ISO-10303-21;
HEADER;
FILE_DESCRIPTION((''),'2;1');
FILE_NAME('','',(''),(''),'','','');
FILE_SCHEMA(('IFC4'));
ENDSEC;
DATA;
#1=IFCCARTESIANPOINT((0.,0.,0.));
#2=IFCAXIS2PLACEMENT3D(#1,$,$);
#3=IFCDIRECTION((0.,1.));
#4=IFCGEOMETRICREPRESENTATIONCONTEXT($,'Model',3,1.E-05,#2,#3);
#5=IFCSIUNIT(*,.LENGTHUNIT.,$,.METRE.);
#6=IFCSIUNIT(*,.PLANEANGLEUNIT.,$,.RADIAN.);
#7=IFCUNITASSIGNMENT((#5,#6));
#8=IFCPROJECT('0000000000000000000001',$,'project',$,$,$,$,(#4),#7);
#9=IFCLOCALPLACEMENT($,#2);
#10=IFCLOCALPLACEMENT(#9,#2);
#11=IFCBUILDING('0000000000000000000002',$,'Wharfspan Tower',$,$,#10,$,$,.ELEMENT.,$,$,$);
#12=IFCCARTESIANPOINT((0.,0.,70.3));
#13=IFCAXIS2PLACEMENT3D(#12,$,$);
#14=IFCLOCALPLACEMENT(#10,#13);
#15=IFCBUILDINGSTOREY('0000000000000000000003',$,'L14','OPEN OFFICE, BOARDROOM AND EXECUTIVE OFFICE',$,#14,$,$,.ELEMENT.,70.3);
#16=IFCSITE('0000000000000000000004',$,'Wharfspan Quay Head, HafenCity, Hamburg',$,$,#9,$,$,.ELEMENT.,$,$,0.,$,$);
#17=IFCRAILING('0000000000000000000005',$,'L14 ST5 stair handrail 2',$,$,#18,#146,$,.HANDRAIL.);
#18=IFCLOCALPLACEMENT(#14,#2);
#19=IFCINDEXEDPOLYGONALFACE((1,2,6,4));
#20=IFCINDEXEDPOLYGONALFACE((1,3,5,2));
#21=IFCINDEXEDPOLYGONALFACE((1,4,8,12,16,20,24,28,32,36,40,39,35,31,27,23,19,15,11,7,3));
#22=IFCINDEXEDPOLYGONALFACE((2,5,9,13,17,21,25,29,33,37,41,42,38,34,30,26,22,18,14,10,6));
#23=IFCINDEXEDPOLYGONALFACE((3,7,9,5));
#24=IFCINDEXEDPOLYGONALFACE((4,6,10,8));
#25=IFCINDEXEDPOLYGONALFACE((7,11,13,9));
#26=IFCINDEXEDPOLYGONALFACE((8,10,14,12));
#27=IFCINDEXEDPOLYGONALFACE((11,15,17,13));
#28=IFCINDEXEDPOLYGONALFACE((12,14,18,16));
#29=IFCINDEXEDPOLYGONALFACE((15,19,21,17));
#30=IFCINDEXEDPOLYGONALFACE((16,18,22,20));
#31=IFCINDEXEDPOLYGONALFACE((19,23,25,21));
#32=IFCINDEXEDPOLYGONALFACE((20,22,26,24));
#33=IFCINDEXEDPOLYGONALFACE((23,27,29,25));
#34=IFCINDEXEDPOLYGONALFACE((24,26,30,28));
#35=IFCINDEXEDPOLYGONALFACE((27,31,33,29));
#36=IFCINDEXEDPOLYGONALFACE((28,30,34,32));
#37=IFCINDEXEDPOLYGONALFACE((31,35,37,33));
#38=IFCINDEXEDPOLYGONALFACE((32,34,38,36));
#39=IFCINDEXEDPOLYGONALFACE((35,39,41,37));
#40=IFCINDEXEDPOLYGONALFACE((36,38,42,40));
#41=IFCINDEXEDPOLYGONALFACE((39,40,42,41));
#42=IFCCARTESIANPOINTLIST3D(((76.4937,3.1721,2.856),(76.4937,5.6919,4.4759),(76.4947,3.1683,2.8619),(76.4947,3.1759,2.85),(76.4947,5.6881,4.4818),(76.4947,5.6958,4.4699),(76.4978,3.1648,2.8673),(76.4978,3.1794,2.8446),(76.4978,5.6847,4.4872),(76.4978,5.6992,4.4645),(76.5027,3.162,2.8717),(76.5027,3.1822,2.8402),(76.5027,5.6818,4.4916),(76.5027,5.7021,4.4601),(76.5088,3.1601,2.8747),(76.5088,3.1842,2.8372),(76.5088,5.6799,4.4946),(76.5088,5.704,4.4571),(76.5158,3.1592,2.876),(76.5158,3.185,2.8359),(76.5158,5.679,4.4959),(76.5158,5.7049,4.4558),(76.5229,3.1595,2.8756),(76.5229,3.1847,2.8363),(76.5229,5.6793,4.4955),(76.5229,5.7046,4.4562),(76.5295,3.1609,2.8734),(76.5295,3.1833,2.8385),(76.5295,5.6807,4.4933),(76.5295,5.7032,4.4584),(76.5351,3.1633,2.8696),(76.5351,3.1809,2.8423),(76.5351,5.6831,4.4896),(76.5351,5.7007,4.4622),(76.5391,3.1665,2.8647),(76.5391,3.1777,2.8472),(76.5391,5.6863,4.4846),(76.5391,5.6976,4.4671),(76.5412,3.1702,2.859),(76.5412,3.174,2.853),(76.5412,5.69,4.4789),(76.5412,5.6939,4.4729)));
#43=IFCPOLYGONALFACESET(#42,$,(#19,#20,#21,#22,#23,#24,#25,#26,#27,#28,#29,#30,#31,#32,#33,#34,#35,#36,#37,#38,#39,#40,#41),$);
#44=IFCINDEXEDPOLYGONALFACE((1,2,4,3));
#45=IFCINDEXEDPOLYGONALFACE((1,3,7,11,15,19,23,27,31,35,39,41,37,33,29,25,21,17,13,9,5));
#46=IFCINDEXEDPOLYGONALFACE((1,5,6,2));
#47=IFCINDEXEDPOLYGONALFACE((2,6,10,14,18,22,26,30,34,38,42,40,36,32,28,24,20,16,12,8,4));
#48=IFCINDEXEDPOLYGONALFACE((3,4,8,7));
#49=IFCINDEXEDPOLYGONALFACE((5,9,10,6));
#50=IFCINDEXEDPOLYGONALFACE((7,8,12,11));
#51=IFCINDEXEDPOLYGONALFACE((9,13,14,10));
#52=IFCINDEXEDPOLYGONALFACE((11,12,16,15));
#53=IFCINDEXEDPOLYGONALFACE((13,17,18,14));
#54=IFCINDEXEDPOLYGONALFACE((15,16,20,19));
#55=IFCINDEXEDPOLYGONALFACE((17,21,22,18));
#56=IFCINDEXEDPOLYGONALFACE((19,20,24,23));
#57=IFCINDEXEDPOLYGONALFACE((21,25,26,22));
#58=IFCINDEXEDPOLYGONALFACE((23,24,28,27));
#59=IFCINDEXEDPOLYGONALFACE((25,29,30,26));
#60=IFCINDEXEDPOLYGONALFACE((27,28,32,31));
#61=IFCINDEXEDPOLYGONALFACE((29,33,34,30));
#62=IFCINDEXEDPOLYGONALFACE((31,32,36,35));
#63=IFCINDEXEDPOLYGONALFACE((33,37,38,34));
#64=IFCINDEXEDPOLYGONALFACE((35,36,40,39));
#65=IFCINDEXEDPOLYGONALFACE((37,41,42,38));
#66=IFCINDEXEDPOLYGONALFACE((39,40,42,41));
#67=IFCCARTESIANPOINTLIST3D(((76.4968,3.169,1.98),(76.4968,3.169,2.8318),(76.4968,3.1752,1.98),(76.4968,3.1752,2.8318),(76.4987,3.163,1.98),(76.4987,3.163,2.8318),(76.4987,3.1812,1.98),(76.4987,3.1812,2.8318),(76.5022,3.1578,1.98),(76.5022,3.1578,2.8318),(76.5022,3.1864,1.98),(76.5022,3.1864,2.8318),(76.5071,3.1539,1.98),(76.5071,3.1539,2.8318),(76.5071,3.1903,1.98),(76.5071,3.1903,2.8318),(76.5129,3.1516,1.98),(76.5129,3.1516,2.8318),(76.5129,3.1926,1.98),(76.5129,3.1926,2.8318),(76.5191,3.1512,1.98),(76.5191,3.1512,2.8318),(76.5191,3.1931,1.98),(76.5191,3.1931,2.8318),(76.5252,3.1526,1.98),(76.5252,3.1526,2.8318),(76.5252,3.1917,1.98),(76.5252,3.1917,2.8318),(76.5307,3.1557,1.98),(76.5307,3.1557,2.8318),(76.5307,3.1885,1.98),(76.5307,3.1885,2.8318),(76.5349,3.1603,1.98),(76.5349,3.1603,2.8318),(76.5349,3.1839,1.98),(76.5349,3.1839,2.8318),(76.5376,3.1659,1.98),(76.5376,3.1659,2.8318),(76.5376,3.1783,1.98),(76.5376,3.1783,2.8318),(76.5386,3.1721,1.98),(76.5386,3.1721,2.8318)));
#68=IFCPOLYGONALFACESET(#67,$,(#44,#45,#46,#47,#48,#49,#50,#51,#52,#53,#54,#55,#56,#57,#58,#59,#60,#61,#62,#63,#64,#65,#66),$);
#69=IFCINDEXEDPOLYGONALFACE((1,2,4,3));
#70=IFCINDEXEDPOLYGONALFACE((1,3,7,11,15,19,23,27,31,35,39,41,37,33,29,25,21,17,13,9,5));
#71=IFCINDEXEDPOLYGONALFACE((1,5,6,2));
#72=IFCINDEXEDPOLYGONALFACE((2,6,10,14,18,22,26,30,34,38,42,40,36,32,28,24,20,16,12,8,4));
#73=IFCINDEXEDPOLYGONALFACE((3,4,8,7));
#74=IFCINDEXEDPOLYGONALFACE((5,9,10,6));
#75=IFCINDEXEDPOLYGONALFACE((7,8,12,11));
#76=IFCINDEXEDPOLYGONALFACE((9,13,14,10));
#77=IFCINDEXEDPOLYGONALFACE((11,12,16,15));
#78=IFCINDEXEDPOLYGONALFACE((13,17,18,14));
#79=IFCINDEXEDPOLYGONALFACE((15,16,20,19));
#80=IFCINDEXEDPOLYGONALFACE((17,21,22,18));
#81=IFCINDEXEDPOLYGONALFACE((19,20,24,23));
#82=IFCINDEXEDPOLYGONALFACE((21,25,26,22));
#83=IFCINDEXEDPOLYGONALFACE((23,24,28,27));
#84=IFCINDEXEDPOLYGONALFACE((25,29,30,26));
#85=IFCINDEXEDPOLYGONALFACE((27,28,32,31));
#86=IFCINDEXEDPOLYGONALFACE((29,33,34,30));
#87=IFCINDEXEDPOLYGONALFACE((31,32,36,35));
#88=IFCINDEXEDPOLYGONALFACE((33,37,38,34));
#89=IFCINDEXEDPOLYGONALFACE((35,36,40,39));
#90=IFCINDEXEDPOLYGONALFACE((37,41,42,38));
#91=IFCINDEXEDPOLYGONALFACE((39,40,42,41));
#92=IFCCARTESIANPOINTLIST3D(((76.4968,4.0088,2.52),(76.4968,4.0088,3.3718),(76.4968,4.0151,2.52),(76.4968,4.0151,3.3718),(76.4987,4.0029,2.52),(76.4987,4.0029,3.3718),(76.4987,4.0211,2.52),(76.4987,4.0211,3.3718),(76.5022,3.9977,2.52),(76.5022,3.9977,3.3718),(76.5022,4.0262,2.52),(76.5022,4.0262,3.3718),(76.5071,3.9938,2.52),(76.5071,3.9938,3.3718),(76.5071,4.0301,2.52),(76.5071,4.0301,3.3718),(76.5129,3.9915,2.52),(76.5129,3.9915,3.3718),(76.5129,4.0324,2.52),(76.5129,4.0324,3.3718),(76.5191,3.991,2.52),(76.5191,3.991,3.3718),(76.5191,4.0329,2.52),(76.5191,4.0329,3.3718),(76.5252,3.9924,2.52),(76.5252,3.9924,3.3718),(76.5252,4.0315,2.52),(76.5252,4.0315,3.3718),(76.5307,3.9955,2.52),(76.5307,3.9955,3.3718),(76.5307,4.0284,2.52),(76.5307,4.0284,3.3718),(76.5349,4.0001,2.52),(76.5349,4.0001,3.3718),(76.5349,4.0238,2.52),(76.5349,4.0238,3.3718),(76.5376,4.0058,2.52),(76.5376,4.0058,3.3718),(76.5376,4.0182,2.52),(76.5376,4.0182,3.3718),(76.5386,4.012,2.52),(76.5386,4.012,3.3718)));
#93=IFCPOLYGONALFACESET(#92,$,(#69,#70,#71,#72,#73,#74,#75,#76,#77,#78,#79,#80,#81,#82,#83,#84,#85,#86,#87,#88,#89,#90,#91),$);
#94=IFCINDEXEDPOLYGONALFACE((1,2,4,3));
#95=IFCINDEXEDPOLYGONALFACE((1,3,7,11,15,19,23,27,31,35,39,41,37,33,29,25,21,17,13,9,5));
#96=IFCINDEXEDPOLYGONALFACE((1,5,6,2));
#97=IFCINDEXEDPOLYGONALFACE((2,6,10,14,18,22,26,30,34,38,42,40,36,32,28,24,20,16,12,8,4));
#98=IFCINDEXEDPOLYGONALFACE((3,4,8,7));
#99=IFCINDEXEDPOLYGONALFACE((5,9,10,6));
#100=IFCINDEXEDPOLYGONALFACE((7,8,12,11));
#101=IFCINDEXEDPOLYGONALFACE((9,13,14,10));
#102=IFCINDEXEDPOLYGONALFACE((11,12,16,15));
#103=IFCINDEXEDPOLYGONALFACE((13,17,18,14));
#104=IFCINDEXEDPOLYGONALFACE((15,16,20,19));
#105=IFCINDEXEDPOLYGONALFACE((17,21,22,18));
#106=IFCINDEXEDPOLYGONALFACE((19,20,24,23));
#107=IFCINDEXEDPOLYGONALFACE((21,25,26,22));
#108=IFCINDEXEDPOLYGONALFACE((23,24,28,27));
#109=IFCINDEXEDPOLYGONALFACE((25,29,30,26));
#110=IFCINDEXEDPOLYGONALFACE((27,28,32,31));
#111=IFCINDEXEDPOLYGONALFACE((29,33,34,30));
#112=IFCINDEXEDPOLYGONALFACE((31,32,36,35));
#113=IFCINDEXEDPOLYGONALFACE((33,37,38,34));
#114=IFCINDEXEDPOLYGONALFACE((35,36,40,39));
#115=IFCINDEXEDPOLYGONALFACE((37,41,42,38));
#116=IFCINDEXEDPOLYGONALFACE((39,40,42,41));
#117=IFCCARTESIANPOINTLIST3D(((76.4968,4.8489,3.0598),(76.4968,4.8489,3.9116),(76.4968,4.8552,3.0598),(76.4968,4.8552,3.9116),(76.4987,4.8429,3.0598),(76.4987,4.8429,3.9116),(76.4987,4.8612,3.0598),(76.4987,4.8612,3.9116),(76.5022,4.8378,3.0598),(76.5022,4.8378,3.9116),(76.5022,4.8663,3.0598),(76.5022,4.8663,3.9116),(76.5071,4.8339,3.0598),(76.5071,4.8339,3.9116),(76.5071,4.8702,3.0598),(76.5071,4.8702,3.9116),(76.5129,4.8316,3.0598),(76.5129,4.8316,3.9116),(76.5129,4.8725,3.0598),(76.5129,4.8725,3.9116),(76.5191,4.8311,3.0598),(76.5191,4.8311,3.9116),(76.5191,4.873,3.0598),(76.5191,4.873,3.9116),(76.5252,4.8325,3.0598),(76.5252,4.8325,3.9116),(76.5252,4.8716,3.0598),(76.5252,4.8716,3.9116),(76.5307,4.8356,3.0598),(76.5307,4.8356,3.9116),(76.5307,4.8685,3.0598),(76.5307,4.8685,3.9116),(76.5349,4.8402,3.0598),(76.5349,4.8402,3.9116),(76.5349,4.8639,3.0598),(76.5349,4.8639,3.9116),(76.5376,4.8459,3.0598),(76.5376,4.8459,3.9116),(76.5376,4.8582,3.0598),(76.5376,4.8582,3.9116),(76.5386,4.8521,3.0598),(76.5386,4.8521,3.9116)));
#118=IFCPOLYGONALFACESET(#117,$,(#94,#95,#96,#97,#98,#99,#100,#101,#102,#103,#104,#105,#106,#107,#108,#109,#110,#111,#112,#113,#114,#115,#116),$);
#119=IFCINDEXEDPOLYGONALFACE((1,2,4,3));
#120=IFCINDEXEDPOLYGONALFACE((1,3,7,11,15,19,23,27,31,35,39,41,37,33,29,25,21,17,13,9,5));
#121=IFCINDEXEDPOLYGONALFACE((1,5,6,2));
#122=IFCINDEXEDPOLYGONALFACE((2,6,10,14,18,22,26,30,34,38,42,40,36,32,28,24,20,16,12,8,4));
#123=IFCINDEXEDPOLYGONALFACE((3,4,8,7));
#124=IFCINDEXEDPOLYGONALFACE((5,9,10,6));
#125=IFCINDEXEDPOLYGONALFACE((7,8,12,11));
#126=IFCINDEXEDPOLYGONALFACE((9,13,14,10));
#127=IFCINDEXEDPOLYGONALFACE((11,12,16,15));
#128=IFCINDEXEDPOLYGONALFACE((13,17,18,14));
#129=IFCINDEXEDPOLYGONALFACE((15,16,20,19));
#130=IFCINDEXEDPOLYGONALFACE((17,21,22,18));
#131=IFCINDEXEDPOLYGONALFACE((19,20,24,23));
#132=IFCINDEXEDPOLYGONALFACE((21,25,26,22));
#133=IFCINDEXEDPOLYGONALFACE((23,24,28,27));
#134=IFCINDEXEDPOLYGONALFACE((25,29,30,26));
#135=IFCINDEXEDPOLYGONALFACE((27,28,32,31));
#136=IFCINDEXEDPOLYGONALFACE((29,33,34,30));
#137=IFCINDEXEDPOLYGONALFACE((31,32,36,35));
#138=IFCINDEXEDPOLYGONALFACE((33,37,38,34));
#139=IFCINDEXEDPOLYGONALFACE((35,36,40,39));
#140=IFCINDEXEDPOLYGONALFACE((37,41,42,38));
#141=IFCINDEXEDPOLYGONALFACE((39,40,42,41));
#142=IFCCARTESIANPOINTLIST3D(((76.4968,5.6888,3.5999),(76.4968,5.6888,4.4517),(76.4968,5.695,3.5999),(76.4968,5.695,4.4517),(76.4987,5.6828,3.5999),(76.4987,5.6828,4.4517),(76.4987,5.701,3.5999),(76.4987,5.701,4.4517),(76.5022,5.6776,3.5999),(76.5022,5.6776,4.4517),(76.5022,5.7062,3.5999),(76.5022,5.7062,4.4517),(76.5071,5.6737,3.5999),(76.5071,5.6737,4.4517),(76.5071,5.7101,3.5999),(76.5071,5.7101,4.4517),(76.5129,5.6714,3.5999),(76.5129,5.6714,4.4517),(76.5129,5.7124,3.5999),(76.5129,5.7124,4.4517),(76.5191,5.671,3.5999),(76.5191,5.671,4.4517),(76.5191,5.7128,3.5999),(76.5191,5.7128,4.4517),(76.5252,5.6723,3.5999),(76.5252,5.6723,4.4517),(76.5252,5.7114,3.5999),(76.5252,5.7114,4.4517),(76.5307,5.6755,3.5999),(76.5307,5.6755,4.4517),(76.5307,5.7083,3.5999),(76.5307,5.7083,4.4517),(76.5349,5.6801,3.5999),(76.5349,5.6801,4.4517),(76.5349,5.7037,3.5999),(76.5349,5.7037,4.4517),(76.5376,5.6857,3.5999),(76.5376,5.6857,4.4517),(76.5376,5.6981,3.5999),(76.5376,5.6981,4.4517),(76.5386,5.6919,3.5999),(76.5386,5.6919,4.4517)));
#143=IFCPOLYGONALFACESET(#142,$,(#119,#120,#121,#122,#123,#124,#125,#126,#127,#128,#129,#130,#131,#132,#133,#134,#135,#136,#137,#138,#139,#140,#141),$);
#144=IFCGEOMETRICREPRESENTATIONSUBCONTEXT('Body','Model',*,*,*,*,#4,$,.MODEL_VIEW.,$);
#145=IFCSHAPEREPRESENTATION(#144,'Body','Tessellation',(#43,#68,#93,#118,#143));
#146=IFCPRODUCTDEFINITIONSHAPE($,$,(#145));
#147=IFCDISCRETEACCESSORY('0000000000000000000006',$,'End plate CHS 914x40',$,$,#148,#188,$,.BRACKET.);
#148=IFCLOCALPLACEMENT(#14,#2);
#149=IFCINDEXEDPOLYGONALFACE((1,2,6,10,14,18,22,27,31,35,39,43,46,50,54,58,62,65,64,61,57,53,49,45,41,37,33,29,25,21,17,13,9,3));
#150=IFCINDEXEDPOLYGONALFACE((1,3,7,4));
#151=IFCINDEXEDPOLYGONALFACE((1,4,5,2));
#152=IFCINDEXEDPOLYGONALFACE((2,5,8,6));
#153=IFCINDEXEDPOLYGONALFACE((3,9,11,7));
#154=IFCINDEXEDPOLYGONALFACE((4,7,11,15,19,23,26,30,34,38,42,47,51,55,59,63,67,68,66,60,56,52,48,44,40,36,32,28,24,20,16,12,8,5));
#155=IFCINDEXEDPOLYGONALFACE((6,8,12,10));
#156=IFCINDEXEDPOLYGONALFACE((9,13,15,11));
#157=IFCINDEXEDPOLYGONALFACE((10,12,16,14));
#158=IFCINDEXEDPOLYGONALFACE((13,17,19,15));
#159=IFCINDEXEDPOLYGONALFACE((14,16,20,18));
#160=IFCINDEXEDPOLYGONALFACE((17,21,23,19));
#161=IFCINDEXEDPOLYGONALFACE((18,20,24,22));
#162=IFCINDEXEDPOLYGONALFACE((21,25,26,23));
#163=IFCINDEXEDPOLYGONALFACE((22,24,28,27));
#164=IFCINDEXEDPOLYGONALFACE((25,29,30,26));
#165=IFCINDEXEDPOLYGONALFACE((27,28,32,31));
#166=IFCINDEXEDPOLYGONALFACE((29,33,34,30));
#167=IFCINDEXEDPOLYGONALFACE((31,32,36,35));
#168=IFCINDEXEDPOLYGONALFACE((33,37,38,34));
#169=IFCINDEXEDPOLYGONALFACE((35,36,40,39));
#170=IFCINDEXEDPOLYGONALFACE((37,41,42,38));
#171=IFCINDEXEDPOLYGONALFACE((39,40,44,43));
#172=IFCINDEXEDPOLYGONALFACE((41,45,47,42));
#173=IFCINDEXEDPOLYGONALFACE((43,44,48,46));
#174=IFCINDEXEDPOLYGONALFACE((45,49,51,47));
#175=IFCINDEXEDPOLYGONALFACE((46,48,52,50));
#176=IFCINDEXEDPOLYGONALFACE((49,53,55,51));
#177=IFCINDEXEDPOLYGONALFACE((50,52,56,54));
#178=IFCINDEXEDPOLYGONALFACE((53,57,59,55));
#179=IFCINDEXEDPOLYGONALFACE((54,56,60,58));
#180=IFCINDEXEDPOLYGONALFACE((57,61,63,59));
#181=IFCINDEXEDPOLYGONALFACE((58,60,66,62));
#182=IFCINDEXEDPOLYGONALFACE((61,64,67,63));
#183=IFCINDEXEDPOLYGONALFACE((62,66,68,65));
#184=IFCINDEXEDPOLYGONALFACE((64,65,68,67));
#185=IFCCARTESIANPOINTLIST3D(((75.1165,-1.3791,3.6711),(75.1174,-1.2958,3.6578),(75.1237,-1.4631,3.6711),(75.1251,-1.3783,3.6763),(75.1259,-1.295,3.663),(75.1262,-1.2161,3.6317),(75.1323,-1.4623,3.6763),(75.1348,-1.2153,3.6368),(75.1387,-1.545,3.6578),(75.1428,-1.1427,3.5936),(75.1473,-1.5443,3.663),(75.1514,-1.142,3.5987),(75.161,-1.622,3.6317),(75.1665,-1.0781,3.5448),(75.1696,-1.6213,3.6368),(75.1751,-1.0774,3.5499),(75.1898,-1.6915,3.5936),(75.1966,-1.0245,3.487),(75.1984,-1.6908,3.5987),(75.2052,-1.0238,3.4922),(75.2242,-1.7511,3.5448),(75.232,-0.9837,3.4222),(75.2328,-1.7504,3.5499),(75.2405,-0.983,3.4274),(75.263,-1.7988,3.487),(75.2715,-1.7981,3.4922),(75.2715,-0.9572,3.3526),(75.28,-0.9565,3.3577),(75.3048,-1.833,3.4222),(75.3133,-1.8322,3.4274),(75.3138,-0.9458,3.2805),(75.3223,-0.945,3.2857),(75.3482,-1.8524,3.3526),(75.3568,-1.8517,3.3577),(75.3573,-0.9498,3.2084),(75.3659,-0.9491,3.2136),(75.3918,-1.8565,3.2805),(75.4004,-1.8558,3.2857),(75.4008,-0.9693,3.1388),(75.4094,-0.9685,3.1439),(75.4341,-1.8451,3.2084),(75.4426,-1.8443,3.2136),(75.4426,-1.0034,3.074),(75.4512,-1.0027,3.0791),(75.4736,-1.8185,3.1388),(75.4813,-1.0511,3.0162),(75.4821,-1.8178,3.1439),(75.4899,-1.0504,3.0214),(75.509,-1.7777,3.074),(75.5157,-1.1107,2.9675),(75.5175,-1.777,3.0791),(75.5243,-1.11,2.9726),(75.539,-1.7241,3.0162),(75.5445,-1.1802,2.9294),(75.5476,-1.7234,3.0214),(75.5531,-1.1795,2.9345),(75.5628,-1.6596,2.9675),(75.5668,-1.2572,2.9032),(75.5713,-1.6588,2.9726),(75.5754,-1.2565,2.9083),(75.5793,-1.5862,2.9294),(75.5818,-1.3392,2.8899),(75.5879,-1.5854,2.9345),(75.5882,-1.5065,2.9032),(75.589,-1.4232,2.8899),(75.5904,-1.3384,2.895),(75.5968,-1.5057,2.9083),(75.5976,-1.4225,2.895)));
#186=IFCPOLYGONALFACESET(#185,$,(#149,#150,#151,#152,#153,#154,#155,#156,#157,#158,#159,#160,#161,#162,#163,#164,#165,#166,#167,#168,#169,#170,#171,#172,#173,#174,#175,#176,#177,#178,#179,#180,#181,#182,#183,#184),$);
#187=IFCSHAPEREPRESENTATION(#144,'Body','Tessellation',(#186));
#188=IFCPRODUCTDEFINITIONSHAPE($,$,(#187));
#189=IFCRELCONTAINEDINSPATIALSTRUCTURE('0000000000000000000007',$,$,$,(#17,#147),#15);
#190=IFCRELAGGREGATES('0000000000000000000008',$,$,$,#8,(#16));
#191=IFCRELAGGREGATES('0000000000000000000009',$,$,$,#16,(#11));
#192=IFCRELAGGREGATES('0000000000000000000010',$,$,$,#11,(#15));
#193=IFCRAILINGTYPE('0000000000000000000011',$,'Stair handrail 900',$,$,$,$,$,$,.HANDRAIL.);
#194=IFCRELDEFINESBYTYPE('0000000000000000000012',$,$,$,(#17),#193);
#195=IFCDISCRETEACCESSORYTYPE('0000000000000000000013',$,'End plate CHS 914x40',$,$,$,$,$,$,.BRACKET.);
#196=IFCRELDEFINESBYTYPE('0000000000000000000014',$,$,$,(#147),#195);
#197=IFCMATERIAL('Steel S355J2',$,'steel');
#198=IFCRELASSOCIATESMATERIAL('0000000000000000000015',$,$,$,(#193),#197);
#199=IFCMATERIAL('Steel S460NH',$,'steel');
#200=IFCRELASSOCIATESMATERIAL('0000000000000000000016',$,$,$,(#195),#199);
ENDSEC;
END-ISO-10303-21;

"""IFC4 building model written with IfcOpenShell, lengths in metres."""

from ifc_helpers import new_model, si_unit, direction, frame, origin, origin_2d, place, context, subcontext, project, spatial, circle, extrude, material, material_profile, profile_set, type_object, element, save


model = new_model("IFC4")

# Units and contexts
model_context = context("Model", 3, precision=1e-05, world=origin(), true_north=direction((0.0, 1.0)))
body_context = subcontext(model_context, "Body", "Model", "MODEL_VIEW")
ifc_project = project(units=[si_unit("LENGTHUNIT", "METRE"), si_unit("PLANEANGLEUNIT", "RADIAN")], contexts=[model_context])

# Site, building, storey
site_placement = place(None, origin())
site = spatial("IfcSite", under=ifc_project, at=site_placement, Name="Wharfspan Quay Head, HafenCity, Hamburg", CompositionType="ELEMENT", RefElevation=0.0)
building_placement = place(site_placement, origin())
building = spatial("IfcBuilding", under=site, at=building_placement, Name="Wharfspan Tower", CompositionType="ELEMENT")
storey_placement = place(building_placement, frame((0.0, 0.0, 70.3)))
storey = spatial("IfcBuildingStorey", under=building, at=storey_placement, Name="L14", Description="OPEN OFFICE, BOARDROOM AND EXECUTIVE OFFICE", CompositionType="ELEMENT", Elevation=70.3)

# Shared definitions
ifc_material_1 = material(Name="Steel S355J2", Category="steel")

# Shared definitions
ifc_material_2 = material(Name="Steel S460NH", Category="steel")

# Railing
railing_type_1 = type_object("IfcRailingType", Name="Stair handrail 900", PredefinedType="HANDRAIL", material=ifc_material_1)
railing_1_placement = place(storey_placement, frame((76.5176, 3.1721, 1.98)))
element("IfcRailing", 1, at=railing_1_placement, inside=storey, type_object=railing_type_1, Name="L14 ST5 stair handrail 2", PredefinedType="HANDRAIL", context=body_context, shape_type="SweptSolid", body=[
    extrude(circle(Radius=0.0239, at=origin_2d()), frame((0.0, 0.0, 0.876), z_axis=(0.0, 0.841176, 0.540762), x_axis=(-1.0, 0.0, 0.0)), (0.0, 0.0, 1.0), 2.9956),
    extrude(circle(Radius=0.021, at=origin_2d()), origin(), (0.0, 0.0, 1.0), 0.8518),
    extrude(circle(Radius=0.021, at=origin_2d()), frame((0.0, 0.8398, 0.54)), (0.0, 0.0, 1.0), 0.8518),
    extrude(circle(Radius=0.021, at=origin_2d()), frame((0.0, 1.6799, 1.0798)), (0.0, 0.0, 1.0), 0.8518),
    extrude(circle(Radius=0.021, at=origin_2d()), frame((0.0, 2.5198, 1.6199)), (0.0, 0.0, 1.0), 0.8518),
])

# Discrete accessory
ifc_material_profile_1 = material_profile(ifc_material_2, circle(Radius=0.457, at=origin_2d()))
ifc_profile_set_1 = profile_set([ifc_material_profile_1], Name="Steel S460NH")
discrete_accessory_type = type_object("IfcDiscreteAccessoryType", Name="End plate CHS 914x40", PredefinedType="BRACKET", material=ifc_profile_set_1)
for number, where, z_axis, x_axis, name in (
    (2, (75.3528, -1.4011, 3.2805), (0.855186, 0.073302, 0.513112), (-0.085402, 0.996345, 0.000001), "End plate CHS 914x40"),
):
    element("IfcDiscreteAccessory", number, at=place(storey_placement, frame(where, z_axis=z_axis, x_axis=x_axis)), inside=storey, type_object=discrete_accessory_type, Name=name, PredefinedType="BRACKET", context=body_context, shape_type="SweptSolid", body=[
        extrude(circle(Radius=0.457, at=origin_2d()), origin(), (0.0, 0.0, 1.0), 0.01),
    ])

save(model, "model.ifc")
